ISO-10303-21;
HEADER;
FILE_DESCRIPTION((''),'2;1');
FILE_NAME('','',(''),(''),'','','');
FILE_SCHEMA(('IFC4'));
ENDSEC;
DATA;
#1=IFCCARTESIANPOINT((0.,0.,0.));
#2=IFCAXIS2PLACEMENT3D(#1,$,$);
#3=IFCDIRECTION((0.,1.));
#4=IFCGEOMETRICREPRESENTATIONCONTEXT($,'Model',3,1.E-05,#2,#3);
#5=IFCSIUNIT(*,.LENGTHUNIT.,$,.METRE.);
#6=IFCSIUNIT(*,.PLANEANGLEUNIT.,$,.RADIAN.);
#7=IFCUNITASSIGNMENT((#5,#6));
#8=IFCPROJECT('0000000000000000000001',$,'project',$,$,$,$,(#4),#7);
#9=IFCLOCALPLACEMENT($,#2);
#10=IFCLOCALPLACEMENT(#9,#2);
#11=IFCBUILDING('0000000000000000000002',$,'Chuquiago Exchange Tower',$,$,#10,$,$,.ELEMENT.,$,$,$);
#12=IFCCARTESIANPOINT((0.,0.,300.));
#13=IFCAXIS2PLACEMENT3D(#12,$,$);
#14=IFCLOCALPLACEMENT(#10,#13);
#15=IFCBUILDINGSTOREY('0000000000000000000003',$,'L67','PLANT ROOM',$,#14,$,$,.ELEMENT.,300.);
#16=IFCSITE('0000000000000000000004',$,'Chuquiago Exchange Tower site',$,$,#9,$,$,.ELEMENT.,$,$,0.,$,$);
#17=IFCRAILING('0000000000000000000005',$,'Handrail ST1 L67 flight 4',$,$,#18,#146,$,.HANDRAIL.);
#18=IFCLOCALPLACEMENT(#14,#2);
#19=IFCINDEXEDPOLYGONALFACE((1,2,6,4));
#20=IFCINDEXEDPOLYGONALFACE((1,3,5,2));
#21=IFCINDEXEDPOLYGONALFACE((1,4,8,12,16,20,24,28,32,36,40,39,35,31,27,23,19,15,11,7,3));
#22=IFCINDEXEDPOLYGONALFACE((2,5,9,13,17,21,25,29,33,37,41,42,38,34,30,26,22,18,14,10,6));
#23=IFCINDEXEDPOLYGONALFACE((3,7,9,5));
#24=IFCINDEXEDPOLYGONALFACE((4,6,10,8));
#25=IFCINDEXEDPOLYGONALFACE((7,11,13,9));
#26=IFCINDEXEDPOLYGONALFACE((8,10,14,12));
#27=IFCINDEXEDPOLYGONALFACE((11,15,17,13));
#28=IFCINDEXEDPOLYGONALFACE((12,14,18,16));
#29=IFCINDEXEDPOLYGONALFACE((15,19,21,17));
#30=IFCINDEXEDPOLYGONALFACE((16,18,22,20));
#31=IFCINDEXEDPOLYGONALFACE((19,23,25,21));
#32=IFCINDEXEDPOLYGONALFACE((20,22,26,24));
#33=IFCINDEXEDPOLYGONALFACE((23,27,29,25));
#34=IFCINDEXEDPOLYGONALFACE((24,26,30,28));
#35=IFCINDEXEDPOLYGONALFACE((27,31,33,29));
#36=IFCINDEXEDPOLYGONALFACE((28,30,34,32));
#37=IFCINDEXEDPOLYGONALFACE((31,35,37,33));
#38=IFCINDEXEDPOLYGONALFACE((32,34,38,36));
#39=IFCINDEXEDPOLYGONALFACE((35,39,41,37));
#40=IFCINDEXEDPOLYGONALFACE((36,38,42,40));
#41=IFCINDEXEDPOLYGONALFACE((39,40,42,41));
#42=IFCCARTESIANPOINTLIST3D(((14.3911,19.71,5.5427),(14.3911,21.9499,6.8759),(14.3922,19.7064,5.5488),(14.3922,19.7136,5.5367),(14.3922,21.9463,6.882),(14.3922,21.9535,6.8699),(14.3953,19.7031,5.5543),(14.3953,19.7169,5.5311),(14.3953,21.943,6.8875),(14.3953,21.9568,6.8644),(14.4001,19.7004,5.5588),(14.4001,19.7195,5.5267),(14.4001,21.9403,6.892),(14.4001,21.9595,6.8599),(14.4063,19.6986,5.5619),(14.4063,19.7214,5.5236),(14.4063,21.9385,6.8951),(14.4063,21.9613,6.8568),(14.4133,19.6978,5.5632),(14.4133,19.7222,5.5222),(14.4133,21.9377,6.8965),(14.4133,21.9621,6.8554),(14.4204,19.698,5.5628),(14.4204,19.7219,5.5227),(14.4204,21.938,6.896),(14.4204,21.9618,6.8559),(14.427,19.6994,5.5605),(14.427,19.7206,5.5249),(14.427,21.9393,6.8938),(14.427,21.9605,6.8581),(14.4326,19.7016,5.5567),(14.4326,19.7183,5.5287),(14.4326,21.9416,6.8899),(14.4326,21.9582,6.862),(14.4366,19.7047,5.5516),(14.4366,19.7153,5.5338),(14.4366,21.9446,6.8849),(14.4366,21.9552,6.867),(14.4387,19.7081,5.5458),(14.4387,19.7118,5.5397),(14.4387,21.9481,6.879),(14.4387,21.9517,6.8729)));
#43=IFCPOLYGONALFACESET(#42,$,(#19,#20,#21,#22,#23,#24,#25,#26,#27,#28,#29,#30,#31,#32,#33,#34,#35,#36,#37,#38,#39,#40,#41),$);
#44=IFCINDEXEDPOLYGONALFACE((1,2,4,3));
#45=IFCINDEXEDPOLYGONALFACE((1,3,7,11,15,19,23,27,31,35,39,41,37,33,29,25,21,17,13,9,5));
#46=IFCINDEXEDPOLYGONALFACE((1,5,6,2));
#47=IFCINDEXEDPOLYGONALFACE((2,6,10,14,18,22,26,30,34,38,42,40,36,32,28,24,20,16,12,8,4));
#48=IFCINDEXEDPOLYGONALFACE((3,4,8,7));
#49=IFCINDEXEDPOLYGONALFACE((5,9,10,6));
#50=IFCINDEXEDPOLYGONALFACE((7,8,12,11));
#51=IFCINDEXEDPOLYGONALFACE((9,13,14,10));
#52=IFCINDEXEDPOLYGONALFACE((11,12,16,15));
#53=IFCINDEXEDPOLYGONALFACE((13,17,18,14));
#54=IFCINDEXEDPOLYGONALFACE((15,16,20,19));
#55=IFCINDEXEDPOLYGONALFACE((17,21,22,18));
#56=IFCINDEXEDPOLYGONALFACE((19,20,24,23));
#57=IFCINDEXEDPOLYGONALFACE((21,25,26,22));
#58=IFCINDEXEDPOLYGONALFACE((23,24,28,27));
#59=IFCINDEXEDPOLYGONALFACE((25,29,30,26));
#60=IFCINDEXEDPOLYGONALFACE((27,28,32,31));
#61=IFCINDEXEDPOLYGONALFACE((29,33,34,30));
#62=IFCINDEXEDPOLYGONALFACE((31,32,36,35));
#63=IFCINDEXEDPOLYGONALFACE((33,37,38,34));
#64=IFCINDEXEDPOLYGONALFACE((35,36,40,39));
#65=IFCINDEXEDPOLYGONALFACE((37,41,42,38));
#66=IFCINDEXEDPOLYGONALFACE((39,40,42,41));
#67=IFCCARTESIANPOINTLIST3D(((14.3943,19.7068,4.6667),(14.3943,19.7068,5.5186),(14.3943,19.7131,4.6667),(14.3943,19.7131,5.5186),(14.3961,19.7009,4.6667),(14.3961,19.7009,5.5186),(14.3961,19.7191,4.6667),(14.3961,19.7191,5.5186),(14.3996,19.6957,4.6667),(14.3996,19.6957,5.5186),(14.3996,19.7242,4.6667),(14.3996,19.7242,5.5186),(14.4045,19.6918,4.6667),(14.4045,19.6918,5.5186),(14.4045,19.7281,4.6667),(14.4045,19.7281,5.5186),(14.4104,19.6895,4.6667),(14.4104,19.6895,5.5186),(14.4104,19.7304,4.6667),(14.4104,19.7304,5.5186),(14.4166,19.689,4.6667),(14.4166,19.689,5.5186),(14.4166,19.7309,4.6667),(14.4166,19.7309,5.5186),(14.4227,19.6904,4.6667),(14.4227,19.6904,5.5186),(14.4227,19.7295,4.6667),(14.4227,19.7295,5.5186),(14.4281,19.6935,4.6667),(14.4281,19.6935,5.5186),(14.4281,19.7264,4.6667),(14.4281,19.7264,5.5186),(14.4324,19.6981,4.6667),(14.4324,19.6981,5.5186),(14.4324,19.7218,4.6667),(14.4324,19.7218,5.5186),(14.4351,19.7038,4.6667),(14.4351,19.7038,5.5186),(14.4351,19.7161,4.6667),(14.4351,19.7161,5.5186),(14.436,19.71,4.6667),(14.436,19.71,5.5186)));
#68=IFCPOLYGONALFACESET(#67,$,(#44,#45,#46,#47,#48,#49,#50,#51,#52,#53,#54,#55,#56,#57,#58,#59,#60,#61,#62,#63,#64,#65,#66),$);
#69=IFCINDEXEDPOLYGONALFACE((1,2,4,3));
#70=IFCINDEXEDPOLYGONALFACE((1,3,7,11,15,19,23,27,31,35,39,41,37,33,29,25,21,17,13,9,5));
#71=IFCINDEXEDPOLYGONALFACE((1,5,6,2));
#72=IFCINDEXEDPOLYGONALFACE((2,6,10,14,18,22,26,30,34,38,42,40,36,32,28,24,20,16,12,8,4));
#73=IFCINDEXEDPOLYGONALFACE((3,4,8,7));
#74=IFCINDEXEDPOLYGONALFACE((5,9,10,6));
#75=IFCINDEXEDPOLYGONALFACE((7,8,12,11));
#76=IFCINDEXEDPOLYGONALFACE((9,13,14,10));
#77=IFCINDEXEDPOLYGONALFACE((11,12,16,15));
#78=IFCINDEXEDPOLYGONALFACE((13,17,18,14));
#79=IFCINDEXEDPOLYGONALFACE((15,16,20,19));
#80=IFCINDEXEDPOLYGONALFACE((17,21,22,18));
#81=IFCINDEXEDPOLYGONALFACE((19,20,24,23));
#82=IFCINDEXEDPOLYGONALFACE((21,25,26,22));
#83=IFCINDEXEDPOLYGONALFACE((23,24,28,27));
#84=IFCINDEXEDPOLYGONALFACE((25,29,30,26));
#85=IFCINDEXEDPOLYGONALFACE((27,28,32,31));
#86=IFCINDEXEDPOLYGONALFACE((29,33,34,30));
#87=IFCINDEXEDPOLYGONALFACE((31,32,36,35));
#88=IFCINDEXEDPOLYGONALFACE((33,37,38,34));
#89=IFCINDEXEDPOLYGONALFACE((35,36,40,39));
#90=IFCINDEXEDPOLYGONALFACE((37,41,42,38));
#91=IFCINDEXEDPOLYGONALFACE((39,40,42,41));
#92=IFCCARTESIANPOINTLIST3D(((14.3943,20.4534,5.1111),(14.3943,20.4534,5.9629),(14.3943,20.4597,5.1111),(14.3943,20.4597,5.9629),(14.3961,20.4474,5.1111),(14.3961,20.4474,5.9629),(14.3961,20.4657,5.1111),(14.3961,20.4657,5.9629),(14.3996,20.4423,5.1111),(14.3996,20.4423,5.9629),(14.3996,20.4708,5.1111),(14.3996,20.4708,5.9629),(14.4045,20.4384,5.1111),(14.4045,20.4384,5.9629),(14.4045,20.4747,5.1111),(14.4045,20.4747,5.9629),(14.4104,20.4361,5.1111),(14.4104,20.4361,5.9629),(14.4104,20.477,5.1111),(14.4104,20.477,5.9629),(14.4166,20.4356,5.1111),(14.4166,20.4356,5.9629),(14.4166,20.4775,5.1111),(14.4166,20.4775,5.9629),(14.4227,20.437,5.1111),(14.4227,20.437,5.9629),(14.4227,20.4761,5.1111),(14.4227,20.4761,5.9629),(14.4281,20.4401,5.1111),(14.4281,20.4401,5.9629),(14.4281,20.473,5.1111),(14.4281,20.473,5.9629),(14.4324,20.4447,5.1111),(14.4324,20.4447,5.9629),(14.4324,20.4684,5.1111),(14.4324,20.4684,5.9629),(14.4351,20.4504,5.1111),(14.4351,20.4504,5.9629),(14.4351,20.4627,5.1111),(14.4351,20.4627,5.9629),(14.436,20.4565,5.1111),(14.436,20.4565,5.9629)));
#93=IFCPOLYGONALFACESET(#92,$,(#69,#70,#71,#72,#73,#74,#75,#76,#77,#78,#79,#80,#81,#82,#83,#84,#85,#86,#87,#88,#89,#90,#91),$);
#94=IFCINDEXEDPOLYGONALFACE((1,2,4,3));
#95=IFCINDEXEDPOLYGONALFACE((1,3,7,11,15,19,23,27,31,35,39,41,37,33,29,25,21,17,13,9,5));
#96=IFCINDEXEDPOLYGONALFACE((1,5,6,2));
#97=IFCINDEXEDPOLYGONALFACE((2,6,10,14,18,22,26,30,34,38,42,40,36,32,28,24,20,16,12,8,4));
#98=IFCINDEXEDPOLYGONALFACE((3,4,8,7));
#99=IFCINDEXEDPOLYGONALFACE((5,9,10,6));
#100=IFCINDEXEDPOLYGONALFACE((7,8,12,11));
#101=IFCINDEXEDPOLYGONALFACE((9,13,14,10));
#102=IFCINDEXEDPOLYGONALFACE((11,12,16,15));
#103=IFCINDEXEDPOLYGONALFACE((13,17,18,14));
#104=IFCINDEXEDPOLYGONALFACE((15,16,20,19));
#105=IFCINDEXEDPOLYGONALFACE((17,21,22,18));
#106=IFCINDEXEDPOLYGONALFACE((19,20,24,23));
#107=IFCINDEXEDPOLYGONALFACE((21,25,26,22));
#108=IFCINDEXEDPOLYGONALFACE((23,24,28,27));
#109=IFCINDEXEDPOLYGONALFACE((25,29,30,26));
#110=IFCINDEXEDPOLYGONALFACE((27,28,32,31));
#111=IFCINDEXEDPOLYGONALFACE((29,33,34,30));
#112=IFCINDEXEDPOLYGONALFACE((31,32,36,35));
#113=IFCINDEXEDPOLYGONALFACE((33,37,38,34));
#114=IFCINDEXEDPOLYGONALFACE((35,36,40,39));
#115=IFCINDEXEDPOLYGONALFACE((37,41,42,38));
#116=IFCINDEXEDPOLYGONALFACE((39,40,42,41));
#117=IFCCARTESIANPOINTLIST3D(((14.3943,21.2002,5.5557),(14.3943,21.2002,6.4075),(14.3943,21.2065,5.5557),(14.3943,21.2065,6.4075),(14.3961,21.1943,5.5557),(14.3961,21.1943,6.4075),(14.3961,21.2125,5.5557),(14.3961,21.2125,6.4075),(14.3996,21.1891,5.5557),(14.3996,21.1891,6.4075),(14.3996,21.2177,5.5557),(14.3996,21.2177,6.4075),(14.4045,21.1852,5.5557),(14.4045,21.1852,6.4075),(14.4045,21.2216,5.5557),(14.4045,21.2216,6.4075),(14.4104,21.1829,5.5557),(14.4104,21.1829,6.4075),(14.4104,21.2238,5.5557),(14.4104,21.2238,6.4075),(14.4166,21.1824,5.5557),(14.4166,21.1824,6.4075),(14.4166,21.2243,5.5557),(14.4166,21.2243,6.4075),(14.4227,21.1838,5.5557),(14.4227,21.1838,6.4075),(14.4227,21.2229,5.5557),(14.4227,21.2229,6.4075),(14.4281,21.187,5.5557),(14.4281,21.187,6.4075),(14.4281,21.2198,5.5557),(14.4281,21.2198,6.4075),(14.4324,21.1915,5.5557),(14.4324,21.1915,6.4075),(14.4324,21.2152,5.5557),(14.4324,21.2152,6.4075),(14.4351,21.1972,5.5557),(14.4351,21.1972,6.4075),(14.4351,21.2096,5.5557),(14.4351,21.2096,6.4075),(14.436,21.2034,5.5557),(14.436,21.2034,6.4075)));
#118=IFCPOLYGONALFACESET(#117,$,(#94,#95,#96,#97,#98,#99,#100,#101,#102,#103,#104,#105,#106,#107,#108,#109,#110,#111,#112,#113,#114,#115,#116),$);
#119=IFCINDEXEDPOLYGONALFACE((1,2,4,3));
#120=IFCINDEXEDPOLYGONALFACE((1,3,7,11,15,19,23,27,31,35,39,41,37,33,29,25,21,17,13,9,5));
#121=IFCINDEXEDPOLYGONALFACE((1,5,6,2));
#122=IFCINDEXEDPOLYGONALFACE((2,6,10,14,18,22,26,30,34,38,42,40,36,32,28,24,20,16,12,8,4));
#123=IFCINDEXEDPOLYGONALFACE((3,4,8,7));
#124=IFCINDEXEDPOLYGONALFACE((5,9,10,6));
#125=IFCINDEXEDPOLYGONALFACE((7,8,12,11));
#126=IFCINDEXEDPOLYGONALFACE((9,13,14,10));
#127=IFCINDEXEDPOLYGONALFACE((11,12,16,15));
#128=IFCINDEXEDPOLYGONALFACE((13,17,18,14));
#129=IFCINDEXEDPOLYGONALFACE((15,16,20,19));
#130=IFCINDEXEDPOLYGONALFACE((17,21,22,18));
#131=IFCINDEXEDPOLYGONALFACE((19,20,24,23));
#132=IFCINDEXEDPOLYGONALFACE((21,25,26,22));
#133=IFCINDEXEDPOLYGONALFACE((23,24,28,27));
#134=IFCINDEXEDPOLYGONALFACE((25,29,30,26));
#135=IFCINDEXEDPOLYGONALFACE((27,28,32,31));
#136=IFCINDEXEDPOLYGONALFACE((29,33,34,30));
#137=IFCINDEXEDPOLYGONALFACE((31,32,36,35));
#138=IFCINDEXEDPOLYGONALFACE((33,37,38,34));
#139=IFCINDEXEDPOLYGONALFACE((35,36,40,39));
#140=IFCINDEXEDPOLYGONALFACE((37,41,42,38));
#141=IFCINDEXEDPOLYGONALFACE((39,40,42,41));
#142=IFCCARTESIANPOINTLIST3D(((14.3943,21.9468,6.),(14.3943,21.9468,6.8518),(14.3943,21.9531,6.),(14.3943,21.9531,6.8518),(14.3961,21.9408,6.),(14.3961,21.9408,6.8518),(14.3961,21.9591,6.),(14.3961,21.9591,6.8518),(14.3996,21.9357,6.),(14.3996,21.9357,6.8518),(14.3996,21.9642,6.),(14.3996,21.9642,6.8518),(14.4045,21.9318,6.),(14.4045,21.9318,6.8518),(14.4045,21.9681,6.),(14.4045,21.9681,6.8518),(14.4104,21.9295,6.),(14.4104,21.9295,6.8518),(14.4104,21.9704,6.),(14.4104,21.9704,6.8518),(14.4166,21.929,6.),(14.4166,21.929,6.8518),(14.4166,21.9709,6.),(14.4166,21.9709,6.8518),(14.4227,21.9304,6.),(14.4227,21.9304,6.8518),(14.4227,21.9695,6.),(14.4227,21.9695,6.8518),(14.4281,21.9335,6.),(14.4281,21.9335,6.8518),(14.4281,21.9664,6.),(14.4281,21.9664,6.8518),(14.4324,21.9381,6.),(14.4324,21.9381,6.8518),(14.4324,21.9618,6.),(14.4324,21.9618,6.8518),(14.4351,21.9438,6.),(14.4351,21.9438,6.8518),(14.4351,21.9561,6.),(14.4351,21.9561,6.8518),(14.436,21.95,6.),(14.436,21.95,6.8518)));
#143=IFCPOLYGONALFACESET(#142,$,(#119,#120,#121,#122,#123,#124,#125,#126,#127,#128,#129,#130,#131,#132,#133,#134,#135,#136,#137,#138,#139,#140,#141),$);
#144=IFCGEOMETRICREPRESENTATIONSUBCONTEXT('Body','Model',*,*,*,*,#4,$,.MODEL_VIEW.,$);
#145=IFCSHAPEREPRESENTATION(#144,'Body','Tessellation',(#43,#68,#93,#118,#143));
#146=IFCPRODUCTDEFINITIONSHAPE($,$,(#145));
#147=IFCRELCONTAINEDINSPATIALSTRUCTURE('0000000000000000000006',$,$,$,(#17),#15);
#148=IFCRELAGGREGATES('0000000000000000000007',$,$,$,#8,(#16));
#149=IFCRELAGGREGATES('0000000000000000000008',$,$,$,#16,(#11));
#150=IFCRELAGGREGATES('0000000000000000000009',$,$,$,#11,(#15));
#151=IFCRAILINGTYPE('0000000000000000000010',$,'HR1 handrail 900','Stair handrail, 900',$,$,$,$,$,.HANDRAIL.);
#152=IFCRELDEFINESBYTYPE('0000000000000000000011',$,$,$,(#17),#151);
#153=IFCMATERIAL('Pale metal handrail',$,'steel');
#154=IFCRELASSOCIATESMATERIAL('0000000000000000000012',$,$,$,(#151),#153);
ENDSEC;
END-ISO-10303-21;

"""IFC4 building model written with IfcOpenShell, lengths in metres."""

from ifc_helpers import new_model, si_unit, direction, frame, origin, origin_2d, place, context, subcontext, project, spatial, circle, extrude, material, type_object, element, save


model = new_model("IFC4")

# Units and contexts
model_context = context("Model", 3, precision=1e-05, world=origin(), true_north=direction((0.0, 1.0)))
body_context = subcontext(model_context, "Body", "Model", "MODEL_VIEW")
ifc_project = project(units=[si_unit("LENGTHUNIT", "METRE"), si_unit("PLANEANGLEUNIT", "RADIAN")], contexts=[model_context])

# Site, building, storey
site_placement = place(None, origin())
site = spatial("IfcSite", under=ifc_project, at=site_placement, Name="Chuquiago Exchange Tower site", CompositionType="ELEMENT", RefElevation=0.0)
building_placement = place(site_placement, origin())
building = spatial("IfcBuilding", under=site, at=building_placement, Name="Chuquiago Exchange Tower", CompositionType="ELEMENT")
storey_placement = place(building_placement, frame((0.0, 0.0, 300.0)))
storey = spatial("IfcBuildingStorey", under=building, at=storey_placement, Name="L67", Description="PLANT ROOM", CompositionType="ELEMENT", Elevation=300.0)

# Railing
ifc_material_1 = material(Name="Pale metal handrail", Category="steel")
railing_type_1 = type_object("IfcRailingType", Name="HR1 handrail 900", Description="Stair handrail, 900", PredefinedType="HANDRAIL", material=ifc_material_1)
for number, where, name in (
    (1, (14.415, 19.71, 4.6667), "Handrail ST1 L67 flight 4"),
):
    element("IfcRailing", number, at=place(storey_placement, frame(where)), inside=storey, type_object=railing_type_1, Name=name, PredefinedType="HANDRAIL", context=body_context, shape_type="SweptSolid", body=[
        extrude(circle(Radius=0.0239, at=origin_2d()), frame((0.0, 0.0, 0.876), z_axis=(0.0, 0.859306, 0.511462), x_axis=(-1.0, 0.0, 0.0)), (0.0, 0.0, 1.0), 2.6067),
        extrude(circle(Radius=0.021, at=origin_2d()), origin(), (0.0, 0.0, 1.0), 0.8518),
        extrude(circle(Radius=0.021, at=origin_2d()), frame((0.0, 0.7466, 0.4443)), (0.0, 0.0, 1.0), 0.8518),
        extrude(circle(Radius=0.021, at=origin_2d()), frame((0.0, 1.4934, 0.8889)), (0.0, 0.0, 1.0), 0.8518),
        extrude(circle(Radius=0.021, at=origin_2d()), frame((0.0, 2.24, 1.3333)), (0.0, 0.0, 1.0), 0.8518),
    ])

save(model, "model.ifc")
